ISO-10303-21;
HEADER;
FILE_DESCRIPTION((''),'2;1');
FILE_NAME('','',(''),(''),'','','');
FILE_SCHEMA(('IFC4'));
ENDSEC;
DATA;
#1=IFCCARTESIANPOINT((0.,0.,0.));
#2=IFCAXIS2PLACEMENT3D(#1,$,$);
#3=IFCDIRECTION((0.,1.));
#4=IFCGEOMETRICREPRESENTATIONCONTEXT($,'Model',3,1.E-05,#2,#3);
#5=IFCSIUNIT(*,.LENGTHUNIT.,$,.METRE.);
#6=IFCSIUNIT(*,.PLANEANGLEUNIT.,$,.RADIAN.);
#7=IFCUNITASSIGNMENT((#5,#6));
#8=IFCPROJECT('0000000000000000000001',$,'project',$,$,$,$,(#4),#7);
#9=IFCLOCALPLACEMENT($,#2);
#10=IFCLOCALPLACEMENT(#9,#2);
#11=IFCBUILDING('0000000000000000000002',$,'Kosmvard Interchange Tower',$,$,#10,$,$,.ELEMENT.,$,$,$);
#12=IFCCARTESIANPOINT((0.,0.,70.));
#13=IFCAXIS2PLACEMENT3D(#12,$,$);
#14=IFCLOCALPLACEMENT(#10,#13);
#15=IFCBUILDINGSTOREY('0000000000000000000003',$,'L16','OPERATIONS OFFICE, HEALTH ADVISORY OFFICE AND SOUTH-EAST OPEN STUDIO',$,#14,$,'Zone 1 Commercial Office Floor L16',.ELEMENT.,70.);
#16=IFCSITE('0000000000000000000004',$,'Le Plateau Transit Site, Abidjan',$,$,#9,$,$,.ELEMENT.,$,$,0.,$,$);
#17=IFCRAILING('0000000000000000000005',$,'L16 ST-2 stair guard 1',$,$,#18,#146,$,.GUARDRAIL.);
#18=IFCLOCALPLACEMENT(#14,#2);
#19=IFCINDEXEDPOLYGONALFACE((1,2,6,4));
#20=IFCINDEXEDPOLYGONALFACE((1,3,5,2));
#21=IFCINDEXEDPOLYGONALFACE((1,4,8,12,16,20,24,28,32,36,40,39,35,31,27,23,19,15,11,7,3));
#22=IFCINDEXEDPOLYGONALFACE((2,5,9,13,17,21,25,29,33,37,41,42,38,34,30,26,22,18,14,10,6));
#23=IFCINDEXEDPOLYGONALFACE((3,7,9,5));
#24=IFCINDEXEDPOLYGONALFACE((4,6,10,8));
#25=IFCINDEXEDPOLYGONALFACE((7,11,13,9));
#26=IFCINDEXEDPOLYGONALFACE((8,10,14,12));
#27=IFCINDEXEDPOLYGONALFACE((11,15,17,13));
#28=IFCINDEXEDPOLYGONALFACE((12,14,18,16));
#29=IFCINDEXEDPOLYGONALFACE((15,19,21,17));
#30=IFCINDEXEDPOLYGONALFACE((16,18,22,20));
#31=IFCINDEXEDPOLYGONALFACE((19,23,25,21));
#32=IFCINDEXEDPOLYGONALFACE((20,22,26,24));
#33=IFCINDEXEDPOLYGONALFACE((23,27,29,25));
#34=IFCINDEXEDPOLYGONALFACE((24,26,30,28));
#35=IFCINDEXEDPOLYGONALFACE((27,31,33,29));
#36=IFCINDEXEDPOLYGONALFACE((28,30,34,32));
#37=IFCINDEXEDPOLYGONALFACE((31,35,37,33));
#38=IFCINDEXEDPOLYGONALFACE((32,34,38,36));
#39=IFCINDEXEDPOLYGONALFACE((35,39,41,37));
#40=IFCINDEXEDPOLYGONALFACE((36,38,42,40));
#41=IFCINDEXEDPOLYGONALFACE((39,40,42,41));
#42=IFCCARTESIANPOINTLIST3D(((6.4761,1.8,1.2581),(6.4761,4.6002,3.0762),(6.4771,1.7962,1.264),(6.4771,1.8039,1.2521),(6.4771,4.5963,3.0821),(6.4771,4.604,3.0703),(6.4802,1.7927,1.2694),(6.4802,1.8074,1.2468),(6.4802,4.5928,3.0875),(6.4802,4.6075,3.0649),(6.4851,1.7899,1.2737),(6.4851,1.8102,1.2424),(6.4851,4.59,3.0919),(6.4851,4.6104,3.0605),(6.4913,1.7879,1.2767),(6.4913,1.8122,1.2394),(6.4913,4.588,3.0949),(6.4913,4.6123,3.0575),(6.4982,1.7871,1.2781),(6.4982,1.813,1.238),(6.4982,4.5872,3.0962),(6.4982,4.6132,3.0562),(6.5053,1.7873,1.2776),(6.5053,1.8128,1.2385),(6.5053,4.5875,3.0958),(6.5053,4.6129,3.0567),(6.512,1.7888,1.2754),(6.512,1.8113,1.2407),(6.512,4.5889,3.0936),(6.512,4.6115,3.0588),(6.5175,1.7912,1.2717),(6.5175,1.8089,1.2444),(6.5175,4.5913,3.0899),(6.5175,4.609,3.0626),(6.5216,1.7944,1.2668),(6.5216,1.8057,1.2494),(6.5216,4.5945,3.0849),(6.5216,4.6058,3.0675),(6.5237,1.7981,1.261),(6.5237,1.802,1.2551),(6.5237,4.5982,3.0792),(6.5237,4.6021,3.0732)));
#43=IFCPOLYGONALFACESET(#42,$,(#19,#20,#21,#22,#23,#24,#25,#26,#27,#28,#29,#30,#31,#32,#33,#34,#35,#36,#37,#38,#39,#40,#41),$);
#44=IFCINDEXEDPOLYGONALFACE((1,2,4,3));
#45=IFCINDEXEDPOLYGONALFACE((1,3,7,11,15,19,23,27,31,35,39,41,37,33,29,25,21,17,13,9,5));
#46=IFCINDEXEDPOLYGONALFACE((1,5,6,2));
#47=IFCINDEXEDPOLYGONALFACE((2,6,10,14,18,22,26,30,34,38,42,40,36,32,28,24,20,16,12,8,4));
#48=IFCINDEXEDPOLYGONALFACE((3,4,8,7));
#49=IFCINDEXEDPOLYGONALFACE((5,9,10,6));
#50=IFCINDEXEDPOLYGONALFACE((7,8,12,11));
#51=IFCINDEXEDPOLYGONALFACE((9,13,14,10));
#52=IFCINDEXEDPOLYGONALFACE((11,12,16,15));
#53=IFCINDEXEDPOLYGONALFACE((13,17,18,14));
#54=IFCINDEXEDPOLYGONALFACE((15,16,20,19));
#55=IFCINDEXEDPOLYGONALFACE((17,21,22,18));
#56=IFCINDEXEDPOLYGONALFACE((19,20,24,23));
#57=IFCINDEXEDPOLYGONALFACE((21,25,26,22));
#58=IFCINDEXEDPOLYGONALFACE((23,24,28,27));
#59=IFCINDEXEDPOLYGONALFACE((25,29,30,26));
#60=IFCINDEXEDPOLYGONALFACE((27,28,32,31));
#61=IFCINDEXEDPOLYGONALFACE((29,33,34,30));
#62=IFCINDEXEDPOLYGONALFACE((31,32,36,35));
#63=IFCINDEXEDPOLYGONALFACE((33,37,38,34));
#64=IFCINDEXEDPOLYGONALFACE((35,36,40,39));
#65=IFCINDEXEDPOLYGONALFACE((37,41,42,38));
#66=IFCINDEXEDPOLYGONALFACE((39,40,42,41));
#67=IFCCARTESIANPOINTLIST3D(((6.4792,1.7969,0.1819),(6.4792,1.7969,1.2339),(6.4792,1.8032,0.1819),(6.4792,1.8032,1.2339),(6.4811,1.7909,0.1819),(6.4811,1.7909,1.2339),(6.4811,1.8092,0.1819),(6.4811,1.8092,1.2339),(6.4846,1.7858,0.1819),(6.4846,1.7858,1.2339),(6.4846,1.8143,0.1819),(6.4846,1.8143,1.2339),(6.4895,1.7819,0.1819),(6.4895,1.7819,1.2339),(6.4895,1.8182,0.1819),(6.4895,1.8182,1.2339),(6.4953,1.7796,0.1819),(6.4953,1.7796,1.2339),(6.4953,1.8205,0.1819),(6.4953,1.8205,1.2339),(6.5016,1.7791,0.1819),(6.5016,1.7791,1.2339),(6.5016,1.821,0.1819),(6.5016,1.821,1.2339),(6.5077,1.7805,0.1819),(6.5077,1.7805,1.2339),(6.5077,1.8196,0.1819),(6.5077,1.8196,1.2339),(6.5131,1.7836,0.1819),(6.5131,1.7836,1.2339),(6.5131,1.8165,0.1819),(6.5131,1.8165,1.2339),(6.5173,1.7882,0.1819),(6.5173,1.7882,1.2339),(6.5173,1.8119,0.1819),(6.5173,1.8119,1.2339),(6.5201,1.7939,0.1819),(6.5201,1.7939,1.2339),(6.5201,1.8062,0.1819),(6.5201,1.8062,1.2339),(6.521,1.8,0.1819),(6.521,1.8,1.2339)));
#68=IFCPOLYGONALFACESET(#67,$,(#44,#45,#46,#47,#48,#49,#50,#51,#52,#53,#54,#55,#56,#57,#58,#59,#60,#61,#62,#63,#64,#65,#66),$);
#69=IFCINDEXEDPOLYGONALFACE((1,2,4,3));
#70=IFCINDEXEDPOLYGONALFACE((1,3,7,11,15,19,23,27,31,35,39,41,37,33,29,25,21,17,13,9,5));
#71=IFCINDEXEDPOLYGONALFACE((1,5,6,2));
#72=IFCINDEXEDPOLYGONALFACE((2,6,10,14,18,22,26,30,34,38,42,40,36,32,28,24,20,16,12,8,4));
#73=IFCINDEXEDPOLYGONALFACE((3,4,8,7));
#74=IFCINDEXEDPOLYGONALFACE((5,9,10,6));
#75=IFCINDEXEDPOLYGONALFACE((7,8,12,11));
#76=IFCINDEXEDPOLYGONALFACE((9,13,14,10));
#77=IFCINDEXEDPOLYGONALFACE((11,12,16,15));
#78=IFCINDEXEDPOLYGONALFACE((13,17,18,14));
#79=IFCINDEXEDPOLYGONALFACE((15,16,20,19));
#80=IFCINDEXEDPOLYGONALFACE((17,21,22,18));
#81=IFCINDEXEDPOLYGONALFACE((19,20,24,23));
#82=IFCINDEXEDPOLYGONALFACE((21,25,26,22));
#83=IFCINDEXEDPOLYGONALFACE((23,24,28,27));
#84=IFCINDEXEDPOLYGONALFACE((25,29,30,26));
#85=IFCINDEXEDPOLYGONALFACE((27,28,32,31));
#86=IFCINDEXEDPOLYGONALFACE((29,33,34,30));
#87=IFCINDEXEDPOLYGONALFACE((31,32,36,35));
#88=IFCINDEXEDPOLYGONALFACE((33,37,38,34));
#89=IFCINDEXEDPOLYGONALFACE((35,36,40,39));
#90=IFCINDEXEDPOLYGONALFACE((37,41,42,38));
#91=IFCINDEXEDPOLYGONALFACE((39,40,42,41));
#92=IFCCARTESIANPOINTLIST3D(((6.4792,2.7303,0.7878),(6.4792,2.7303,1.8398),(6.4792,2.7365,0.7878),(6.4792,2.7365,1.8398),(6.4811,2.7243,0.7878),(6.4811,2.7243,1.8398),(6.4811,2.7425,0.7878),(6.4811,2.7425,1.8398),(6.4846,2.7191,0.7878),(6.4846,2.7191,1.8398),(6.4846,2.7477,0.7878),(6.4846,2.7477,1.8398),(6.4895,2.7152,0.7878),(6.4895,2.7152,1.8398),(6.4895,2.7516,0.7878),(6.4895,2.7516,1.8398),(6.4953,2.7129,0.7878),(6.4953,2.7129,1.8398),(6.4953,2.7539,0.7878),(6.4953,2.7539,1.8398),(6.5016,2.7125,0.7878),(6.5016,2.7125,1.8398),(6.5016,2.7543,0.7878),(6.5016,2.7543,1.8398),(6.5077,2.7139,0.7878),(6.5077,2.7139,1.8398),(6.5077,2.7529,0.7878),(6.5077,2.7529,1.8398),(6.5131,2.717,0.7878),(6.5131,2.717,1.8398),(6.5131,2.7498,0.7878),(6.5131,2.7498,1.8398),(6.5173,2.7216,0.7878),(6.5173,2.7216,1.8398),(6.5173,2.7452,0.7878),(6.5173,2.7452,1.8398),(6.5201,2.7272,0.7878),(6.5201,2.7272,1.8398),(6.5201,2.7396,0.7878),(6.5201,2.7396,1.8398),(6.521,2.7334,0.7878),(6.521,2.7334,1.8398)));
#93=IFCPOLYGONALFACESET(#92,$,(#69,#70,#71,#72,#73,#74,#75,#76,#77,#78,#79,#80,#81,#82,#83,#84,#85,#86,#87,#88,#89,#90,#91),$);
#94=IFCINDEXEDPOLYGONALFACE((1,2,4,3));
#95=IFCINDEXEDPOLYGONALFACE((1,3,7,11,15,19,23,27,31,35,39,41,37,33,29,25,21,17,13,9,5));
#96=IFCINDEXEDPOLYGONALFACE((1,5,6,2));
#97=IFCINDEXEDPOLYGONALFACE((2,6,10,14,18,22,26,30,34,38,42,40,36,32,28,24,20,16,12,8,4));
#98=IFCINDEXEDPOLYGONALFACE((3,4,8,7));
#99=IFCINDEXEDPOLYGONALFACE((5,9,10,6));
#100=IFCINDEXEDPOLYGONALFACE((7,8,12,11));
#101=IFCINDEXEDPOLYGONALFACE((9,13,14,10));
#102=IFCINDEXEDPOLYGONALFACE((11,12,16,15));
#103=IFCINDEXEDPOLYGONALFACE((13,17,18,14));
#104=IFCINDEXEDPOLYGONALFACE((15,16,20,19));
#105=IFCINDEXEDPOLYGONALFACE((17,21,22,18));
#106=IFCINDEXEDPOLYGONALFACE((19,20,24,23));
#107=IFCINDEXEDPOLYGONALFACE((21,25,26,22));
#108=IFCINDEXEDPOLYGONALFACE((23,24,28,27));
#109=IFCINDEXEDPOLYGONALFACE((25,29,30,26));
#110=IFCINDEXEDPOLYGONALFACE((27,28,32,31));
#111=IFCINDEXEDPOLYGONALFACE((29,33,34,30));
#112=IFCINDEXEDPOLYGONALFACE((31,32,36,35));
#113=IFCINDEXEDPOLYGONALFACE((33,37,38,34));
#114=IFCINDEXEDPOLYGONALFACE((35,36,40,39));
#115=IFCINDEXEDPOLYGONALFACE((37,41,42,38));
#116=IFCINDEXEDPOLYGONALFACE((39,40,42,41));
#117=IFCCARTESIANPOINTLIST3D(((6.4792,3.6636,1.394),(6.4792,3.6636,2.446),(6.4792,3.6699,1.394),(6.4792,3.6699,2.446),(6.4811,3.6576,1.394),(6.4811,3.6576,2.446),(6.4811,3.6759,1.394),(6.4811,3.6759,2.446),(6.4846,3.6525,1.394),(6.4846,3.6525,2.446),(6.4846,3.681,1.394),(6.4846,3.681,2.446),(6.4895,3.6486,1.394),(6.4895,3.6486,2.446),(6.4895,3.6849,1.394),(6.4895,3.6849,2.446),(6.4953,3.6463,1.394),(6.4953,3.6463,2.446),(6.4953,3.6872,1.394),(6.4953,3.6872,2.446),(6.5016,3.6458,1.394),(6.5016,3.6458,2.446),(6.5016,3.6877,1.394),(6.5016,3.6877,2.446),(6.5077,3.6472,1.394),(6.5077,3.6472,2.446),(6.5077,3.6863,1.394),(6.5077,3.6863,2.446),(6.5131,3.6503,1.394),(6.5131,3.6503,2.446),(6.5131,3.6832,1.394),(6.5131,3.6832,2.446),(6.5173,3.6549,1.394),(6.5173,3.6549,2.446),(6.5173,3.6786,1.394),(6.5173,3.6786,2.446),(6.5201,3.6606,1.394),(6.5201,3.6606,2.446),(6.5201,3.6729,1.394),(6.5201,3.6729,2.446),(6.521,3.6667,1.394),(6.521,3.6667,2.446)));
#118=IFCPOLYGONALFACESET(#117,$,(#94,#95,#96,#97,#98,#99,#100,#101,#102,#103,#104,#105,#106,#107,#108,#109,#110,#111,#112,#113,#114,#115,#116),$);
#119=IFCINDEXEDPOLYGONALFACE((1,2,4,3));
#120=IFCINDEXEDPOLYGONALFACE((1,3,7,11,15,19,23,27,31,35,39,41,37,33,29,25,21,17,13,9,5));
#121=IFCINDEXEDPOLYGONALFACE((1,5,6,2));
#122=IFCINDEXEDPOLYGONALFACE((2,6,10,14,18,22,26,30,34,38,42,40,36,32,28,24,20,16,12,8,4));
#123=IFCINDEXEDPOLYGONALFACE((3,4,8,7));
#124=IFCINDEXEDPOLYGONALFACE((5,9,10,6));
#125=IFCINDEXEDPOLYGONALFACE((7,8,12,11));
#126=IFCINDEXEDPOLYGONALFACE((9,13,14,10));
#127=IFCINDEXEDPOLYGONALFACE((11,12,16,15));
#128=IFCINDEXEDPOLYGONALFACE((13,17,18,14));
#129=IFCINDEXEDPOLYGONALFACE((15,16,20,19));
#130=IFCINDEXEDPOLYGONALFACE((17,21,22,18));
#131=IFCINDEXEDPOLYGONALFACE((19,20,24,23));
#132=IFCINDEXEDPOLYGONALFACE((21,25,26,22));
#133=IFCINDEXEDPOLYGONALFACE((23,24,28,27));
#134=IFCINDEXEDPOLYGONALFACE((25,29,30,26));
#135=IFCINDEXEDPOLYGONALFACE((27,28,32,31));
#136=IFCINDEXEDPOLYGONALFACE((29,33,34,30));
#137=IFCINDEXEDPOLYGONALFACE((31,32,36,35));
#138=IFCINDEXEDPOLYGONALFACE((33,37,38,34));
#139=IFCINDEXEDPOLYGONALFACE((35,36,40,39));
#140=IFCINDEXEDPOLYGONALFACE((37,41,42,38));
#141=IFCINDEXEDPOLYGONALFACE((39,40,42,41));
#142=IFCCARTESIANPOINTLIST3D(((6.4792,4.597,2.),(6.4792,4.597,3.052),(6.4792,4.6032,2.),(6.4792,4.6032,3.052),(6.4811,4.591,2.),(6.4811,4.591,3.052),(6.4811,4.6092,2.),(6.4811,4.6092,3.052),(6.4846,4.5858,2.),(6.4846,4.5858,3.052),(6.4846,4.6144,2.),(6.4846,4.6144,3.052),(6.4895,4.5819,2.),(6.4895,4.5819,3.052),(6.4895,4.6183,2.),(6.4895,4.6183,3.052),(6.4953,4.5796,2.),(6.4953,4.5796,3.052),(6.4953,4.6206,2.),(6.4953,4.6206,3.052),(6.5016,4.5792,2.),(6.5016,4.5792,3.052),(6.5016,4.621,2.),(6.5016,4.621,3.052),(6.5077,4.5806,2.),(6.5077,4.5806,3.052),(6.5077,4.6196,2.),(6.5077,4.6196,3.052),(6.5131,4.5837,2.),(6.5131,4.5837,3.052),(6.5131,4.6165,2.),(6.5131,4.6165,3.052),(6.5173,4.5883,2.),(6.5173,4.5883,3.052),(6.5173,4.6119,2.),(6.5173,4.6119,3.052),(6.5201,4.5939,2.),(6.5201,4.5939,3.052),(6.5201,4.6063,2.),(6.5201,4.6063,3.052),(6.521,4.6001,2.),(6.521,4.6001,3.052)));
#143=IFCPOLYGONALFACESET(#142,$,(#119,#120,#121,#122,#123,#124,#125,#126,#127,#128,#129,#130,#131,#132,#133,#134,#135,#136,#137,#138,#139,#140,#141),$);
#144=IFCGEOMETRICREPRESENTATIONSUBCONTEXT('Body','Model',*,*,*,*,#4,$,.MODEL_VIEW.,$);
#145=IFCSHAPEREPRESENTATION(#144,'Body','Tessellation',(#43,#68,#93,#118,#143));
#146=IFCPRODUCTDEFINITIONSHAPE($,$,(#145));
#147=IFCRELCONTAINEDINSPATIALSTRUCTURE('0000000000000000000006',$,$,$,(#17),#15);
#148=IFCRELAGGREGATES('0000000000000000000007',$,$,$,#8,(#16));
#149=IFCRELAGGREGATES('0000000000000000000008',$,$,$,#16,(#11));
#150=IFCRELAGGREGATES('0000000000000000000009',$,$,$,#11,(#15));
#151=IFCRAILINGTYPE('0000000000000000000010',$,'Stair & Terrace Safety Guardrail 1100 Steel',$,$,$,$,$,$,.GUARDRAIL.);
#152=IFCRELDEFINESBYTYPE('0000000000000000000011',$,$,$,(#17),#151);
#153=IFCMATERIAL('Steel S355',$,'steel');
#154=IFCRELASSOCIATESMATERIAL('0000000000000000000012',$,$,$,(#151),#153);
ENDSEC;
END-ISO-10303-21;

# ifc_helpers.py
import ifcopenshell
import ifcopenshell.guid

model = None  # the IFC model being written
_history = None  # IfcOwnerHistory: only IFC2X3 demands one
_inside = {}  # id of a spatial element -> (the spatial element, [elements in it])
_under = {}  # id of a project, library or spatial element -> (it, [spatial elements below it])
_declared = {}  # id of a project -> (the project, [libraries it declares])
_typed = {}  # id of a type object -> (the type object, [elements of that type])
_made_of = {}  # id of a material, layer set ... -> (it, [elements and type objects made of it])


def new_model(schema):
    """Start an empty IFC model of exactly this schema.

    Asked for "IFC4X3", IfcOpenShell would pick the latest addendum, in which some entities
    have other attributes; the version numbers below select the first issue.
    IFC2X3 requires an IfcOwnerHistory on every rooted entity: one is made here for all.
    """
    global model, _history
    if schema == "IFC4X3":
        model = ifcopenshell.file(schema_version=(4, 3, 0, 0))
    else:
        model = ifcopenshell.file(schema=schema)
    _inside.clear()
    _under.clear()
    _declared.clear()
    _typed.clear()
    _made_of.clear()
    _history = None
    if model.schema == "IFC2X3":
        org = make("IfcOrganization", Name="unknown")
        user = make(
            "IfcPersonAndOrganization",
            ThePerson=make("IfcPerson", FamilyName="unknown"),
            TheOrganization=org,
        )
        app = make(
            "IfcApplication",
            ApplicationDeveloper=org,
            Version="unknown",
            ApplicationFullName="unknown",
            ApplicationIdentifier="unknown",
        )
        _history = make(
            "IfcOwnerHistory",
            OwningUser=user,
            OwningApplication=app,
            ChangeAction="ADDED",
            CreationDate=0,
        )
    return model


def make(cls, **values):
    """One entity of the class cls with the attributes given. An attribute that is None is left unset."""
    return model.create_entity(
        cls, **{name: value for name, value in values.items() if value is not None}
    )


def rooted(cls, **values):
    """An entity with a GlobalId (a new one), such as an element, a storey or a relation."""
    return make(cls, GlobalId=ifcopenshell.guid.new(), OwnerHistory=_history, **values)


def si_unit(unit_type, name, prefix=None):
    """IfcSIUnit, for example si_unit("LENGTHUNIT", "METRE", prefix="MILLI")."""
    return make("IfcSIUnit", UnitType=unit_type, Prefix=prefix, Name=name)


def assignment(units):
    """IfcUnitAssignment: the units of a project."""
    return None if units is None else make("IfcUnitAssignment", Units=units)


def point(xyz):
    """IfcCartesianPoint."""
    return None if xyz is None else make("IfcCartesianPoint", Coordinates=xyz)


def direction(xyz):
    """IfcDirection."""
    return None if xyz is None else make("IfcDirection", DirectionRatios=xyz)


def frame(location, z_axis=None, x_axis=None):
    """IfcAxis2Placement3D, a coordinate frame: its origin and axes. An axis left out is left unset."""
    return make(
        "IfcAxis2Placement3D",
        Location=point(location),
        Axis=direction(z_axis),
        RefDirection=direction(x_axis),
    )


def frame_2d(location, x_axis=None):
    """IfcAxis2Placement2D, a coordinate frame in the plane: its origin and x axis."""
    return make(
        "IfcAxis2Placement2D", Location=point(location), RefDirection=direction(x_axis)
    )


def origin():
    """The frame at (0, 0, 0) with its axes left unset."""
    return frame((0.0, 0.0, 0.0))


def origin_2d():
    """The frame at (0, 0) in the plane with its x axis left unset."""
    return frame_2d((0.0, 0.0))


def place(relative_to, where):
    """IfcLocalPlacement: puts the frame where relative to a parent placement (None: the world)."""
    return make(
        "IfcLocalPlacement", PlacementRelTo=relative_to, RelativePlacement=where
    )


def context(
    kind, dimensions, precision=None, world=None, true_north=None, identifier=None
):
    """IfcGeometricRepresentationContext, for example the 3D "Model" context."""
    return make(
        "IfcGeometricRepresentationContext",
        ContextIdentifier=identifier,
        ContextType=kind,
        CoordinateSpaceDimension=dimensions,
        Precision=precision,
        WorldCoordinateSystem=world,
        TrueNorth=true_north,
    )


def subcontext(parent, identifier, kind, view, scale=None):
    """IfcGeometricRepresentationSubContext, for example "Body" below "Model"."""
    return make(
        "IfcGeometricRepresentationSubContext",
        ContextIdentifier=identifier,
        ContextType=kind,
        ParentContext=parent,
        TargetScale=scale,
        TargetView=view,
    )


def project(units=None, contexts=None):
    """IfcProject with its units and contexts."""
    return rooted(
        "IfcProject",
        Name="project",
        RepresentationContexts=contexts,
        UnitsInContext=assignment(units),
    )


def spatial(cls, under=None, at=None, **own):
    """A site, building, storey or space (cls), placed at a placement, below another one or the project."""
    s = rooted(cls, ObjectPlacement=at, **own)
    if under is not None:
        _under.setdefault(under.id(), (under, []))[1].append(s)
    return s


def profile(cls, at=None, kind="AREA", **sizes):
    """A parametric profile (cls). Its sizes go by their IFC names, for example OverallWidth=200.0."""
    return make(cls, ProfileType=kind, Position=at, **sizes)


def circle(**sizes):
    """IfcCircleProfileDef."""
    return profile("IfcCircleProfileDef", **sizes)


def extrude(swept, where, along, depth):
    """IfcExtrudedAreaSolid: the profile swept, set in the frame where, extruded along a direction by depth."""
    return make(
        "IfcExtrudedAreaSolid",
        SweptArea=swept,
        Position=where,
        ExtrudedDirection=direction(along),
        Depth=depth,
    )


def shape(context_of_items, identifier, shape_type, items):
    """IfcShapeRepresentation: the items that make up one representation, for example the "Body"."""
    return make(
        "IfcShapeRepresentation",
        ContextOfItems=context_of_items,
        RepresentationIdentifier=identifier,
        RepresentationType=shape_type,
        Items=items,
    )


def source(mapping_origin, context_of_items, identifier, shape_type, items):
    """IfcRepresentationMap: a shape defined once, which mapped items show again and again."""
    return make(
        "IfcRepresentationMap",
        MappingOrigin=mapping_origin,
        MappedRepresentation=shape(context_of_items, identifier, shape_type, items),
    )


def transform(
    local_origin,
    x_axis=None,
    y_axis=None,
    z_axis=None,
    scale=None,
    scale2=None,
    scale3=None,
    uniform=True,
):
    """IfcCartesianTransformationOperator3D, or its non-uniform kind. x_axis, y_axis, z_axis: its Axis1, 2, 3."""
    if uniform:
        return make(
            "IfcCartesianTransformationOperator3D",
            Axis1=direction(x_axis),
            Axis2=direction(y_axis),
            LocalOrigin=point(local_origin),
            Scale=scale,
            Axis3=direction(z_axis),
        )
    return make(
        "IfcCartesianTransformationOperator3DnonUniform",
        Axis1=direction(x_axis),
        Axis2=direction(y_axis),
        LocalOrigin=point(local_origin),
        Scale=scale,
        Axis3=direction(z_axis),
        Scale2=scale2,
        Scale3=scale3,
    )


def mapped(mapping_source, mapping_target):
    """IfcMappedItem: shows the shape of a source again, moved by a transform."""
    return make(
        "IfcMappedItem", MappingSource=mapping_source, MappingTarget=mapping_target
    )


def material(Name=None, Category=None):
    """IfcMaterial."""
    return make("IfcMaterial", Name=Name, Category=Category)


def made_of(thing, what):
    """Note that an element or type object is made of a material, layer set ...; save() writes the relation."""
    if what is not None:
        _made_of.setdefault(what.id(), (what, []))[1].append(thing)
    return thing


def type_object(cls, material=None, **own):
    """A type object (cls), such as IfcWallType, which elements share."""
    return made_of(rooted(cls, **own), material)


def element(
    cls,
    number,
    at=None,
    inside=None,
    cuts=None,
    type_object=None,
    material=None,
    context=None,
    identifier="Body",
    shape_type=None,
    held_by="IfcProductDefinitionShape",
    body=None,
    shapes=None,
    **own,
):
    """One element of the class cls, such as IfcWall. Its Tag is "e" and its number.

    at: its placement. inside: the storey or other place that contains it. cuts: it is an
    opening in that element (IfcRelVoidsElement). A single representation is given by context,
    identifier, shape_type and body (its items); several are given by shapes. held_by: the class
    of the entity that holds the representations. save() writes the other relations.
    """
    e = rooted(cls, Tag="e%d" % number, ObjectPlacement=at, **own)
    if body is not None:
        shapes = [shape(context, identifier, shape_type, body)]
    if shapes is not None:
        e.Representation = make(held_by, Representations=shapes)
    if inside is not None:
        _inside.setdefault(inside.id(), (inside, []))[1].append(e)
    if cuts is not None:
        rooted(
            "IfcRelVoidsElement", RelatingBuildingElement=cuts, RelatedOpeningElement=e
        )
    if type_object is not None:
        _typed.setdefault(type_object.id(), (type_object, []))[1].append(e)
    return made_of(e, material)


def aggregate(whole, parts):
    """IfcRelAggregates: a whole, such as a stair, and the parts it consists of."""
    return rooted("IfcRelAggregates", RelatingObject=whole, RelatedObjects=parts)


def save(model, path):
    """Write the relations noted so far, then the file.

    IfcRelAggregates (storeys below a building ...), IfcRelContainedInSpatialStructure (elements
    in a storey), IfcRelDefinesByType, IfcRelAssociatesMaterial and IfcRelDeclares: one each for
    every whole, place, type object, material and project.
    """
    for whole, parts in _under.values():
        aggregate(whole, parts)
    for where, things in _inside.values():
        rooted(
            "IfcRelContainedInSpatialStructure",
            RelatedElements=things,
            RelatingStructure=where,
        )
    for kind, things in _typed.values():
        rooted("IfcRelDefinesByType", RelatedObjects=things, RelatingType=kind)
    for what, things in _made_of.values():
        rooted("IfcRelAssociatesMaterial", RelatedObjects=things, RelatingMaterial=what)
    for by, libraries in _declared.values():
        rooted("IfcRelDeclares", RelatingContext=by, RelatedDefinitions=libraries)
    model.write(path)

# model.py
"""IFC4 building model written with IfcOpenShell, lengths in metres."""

from ifc_helpers import new_model, si_unit, direction, frame, origin, origin_2d, place, context, subcontext, project, spatial, circle, extrude, source, transform, mapped, material, type_object, element, save


model = new_model("IFC4")

# Units and contexts
model_context = context("Model", 3, precision=1e-05, world=origin(), true_north=direction((0.0, 1.0)))
body_context = subcontext(model_context, "Body", "Model", "MODEL_VIEW")
ifc_project = project(units=[si_unit("LENGTHUNIT", "METRE"), si_unit("PLANEANGLEUNIT", "RADIAN")], contexts=[model_context])

# Site, building, storey
site_placement = place(None, origin())
site = spatial("IfcSite", under=ifc_project, at=site_placement, Name="Le Plateau Transit Site, Abidjan", CompositionType="ELEMENT", RefElevation=0.0)
building_placement = place(site_placement, origin())
building = spatial("IfcBuilding", under=site, at=building_placement, Name="Kosmvard Interchange Tower", CompositionType="ELEMENT")
storey_placement = place(building_placement, frame((0.0, 0.0, 70.0)))
storey = spatial("IfcBuildingStorey", under=building, at=storey_placement, Name="L16", Description="OPERATIONS OFFICE, HEALTH ADVISORY OFFICE AND SOUTH-EAST OPEN STUDIO", LongName="Zone 1 Commercial Office Floor L16", CompositionType="ELEMENT", Elevation=70.0)

# Shared definitions
ifc_material_1 = material(Name="Steel S355", Category="steel")

# Railing
railing_type_1 = type_object("IfcRailingType", Name="Stair & Terrace Safety Guardrail 1100 Steel", PredefinedType="GUARDRAIL", material=ifc_material_1)
shared_shape_1 = source(origin(), body_context, "Body", "SweptSolid", [
    extrude(circle(Radius=0.0239, at=origin_2d()), frame((0.0, 0.0, 1.0762), z_axis=(0.0, 0.838706, 0.544585), x_axis=(-1.0, 0.0, 0.0)), (0.0, 0.0, 1.0), 3.3386),
    extrude(circle(Radius=0.021, at=origin_2d()), origin(), (0.0, 0.0, 1.0), 1.052),
    extrude(circle(Radius=0.021, at=origin_2d()), frame((0.0, 0.9333, 0.606)), (0.0, 0.0, 1.0), 1.052),
    extrude(circle(Radius=0.021, at=origin_2d()), frame((0.0, 1.8667, 1.2122)), (0.0, 0.0, 1.0), 1.052),
    extrude(circle(Radius=0.021, at=origin_2d()), frame((0.0, 2.8, 1.8181)), (0.0, 0.0, 1.0), 1.052),
])
railing_1_placement = place(storey_placement, frame((6.5, 1.8, 0.1819)))
element("IfcRailing", 1, at=railing_1_placement, inside=storey, type_object=railing_type_1, Name="L16 ST-2 stair guard 1", PredefinedType="GUARDRAIL", context=body_context, shape_type="MappedRepresentation", body=[
    mapped(shared_shape_1, transform((0.0, 0.0, 0.0), scale=1.0)),
])

save(model, "model.ifc")
